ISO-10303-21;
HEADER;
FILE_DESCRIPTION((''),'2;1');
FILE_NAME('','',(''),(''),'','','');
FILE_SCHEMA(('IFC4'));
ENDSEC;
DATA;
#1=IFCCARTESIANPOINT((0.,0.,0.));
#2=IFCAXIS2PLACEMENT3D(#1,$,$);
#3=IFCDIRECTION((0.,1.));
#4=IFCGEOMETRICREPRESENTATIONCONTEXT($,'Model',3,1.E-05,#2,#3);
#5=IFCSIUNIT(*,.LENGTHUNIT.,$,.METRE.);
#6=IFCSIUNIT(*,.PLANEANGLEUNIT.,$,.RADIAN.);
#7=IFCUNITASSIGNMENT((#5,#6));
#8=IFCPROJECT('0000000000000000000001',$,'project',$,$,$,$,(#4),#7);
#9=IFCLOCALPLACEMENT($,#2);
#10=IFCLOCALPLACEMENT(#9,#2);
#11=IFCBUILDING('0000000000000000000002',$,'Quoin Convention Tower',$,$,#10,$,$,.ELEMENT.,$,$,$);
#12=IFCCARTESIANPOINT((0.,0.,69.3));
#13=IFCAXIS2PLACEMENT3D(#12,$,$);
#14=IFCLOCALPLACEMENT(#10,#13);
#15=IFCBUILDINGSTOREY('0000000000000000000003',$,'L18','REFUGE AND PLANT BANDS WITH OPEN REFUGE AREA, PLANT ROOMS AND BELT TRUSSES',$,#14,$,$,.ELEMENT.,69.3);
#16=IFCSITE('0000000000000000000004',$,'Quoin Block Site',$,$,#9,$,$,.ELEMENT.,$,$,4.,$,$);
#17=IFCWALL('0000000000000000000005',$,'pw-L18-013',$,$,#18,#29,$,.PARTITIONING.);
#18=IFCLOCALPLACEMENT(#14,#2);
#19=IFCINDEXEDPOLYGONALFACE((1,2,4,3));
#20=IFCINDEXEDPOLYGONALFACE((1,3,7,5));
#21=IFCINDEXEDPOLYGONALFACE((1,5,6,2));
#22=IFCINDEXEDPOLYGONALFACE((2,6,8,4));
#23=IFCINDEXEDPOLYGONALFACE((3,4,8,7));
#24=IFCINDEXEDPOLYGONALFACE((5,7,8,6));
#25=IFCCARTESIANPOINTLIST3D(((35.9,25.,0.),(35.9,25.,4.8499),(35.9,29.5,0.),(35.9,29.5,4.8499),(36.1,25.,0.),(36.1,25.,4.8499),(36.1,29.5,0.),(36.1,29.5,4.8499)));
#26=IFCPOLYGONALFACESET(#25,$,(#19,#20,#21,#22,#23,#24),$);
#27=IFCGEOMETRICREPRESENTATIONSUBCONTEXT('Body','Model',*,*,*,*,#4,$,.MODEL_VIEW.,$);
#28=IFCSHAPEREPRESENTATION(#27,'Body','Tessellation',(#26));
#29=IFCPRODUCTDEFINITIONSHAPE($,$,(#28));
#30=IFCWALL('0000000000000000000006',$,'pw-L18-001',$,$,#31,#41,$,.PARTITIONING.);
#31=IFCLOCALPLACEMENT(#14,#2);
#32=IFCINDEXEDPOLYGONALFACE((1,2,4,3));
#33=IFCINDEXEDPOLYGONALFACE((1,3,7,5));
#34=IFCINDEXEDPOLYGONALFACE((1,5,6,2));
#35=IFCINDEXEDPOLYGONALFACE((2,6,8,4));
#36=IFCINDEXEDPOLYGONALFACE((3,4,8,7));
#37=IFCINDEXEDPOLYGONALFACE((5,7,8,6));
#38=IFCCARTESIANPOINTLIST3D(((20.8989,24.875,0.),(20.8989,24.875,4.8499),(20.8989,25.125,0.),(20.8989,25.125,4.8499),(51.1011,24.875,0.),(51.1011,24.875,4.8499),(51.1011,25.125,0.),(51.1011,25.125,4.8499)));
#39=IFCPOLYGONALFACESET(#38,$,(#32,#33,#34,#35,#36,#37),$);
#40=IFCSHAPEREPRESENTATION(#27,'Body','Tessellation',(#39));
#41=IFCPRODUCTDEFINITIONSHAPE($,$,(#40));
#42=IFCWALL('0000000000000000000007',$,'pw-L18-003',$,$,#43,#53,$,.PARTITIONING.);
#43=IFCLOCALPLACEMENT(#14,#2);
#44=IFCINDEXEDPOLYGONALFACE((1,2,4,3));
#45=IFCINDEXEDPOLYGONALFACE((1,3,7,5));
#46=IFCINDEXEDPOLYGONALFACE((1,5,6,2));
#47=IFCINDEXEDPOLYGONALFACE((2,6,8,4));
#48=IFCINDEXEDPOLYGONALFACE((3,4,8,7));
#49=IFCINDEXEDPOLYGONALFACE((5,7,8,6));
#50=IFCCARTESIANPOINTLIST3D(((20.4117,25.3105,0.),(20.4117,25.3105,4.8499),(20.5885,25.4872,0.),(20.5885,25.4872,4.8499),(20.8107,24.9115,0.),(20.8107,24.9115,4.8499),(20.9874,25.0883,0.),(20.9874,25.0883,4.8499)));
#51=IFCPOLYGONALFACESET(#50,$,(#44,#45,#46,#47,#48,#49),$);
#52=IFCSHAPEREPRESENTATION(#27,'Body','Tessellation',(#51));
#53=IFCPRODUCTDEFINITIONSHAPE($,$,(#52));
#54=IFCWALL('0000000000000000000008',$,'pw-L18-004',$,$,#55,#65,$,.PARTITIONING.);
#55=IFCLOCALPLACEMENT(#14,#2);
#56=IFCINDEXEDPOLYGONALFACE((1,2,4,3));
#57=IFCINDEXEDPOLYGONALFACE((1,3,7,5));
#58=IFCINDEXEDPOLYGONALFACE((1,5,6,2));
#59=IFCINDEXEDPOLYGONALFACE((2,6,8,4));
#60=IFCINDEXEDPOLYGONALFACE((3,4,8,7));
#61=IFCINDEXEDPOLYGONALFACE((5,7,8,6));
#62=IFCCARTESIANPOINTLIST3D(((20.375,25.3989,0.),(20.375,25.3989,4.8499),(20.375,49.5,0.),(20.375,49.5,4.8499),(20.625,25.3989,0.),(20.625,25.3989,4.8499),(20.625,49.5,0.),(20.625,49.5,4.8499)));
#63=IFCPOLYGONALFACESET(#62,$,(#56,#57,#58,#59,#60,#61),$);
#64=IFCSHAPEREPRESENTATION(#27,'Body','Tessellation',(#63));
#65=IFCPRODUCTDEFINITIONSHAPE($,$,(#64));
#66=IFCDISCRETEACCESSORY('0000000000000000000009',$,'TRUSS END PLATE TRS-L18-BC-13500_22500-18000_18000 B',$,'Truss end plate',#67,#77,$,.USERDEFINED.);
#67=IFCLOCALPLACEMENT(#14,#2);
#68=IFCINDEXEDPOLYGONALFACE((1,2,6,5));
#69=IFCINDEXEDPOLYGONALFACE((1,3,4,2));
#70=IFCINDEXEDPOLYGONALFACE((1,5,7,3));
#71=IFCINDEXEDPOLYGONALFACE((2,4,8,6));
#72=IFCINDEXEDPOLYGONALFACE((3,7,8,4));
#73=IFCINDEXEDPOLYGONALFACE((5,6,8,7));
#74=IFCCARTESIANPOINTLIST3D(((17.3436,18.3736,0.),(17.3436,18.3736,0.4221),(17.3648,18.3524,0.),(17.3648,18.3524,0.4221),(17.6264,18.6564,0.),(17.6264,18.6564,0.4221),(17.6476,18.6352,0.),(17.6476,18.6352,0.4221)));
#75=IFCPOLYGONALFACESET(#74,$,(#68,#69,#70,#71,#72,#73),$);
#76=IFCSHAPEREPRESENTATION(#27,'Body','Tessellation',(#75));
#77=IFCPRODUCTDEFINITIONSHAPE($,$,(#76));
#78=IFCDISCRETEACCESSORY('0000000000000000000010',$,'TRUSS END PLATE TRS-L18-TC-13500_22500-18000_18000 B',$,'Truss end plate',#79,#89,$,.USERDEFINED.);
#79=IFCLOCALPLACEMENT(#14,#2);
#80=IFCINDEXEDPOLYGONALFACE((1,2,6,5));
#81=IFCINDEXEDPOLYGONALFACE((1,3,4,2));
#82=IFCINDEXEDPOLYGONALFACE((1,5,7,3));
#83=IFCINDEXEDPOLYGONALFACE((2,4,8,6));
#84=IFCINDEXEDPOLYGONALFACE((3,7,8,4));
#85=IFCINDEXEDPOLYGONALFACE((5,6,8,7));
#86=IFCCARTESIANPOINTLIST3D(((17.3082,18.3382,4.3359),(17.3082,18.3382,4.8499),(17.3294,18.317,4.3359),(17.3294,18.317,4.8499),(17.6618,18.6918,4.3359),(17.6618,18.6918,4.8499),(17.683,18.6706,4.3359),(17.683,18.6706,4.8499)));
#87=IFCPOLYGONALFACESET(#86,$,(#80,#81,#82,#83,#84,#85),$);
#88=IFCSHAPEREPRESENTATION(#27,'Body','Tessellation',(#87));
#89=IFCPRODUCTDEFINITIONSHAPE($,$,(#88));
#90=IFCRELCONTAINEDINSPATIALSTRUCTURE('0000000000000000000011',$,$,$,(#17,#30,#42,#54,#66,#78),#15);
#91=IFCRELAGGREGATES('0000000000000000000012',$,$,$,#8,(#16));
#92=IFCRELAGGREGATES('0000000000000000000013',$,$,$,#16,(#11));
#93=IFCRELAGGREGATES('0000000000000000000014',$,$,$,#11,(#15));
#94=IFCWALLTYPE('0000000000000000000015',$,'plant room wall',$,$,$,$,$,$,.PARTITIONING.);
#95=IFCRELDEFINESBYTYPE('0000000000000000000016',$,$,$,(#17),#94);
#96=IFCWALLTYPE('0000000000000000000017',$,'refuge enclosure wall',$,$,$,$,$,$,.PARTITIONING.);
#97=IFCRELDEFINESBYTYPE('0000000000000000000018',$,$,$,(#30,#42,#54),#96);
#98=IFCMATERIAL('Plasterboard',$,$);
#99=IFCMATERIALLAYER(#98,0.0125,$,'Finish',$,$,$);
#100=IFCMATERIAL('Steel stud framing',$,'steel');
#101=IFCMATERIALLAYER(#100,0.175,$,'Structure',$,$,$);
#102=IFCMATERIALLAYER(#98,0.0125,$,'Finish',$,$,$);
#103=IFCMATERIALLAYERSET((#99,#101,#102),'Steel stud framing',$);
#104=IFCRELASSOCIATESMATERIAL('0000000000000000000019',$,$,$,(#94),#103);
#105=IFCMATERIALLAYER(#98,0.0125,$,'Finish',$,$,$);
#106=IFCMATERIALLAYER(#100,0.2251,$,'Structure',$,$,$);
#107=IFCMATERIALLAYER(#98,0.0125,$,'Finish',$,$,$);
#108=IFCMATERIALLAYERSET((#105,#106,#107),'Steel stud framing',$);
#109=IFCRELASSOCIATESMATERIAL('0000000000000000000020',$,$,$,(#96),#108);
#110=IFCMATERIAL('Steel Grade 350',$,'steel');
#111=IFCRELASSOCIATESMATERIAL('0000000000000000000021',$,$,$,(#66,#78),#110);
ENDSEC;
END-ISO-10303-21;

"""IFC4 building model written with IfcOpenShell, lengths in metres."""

from ifc_helpers import new_model, si_unit, direction, frame, frame_2d, origin, origin_2d, place, context, subcontext, project, spatial, rectangle, extrude, material, layer, layer_set, type_object, element, save


model = new_model("IFC4")

# Units and contexts
model_context = context("Model", 3, precision=1e-05, world=origin(), true_north=direction((0.0, 1.0)))
body_context = subcontext(model_context, "Body", "Model", "MODEL_VIEW")
ifc_project = project(units=[si_unit("LENGTHUNIT", "METRE"), si_unit("PLANEANGLEUNIT", "RADIAN")], contexts=[model_context])

# Site, building, storey
site_placement = place(None, origin())
site = spatial("IfcSite", under=ifc_project, at=site_placement, Name="Quoin Block Site", CompositionType="ELEMENT", RefElevation=4.0)
building_placement = place(site_placement, origin())
building = spatial("IfcBuilding", under=site, at=building_placement, Name="Quoin Convention Tower", CompositionType="ELEMENT")
storey_placement = place(building_placement, frame((0.0, 0.0, 69.3)))
storey = spatial("IfcBuildingStorey", under=building, at=storey_placement, Name="L18", Description="REFUGE AND PLANT BANDS WITH OPEN REFUGE AREA, PLANT ROOMS AND BELT TRUSSES", CompositionType="ELEMENT", Elevation=69.3)

# Walls
ifc_material_1 = material(Name="Plasterboard")
ifc_layer_1 = layer(ifc_material_1, 0.0125, Name="Finish")
ifc_material_2 = material(Name="Steel stud framing", Category="steel")
ifc_layer_2 = layer(ifc_material_2, 0.175, Name="Structure")
ifc_layer_3 = layer(ifc_material_1, 0.0125, Name="Finish")
ifc_layer_set_1 = layer_set([ifc_layer_1, ifc_layer_2, ifc_layer_3], Name="Steel stud framing")
wall_type_1 = type_object("IfcWallType", Name="plant room wall", PredefinedType="PARTITIONING", material=ifc_layer_set_1)
for number, where, z_axis, x_axis, name in (
    (1, (36.0, 25.0, 0.0), (0.0, 0.0, 1.0), (0.0, 1.0, 0.0), "pw-L18-013"),
):
    element("IfcWall", number, at=place(storey_placement, frame(where, z_axis=z_axis, x_axis=x_axis)), inside=storey, type_object=wall_type_1, Name=name, PredefinedType="PARTITIONING", context=body_context, shape_type="SweptSolid", body=[
        extrude(rectangle(XDim=4.5, YDim=0.2, at=frame_2d((2.25, 0.0))), origin(), (0.0, 0.0, 1.0), 4.8499),
    ])
ifc_layer_4 = layer(ifc_material_1, 0.0125, Name="Finish")
ifc_layer_5 = layer(ifc_material_2, 0.2251, Name="Structure")
ifc_layer_6 = layer(ifc_material_1, 0.0125, Name="Finish")
ifc_layer_set_2 = layer_set([ifc_layer_4, ifc_layer_5, ifc_layer_6], Name="Steel stud framing")
wall_type_2 = type_object("IfcWallType", Name="refuge enclosure wall", PredefinedType="PARTITIONING", material=ifc_layer_set_2)
wall_1_placement = place(storey_placement, frame((20.8989, 25.0, 0.0), z_axis=(0.0, 0.0, 1.0), x_axis=(1.0, 0.0, 0.0)))
element("IfcWall", 2, at=wall_1_placement, inside=storey, type_object=wall_type_2, Name="pw-L18-001", PredefinedType="PARTITIONING", context=body_context, shape_type="SweptSolid", body=[
    extrude(rectangle(XDim=30.2021, YDim=0.25, at=frame_2d((15.1011, 0.0))), origin(), (0.0, 0.0, 1.0), 4.8499),
])
wall_2_placement = place(storey_placement, frame((20.5, 25.3989, 0.0), z_axis=(0.0, 0.0, 1.0), x_axis=(0.707107, -0.707107, 0.0)))
element("IfcWall", 3, at=wall_2_placement, inside=storey, type_object=wall_type_2, Name="pw-L18-003", PredefinedType="PARTITIONING", context=body_context, shape_type="SweptSolid", body=[
    extrude(rectangle(XDim=0.5642, YDim=0.25, at=frame_2d((0.2822, 0.0))), origin(), (0.0, 0.0, 1.0), 4.8499),
])
wall_3_placement = place(storey_placement, frame((20.5, 25.3989, 0.0), z_axis=(0.0, 0.0, 1.0), x_axis=(0.0, 1.0, 0.0)))
element("IfcWall", 4, at=wall_3_placement, inside=storey, type_object=wall_type_2, Name="pw-L18-004", PredefinedType="PARTITIONING", context=body_context, shape_type="SweptSolid", body=[
    extrude(rectangle(XDim=24.1011, YDim=0.25, at=frame_2d((12.0505, 0.0))), origin(), (0.0, 0.0, 1.0), 4.8499),
])

# Discrete accessories
ifc_material_3 = material(Name="Steel Grade 350", Category="steel")
discrete_accessory_1_placement = place(storey_placement, frame((17.4956, 18.5044, 0.0), z_axis=(0.0, 0.0, 1.0), x_axis=(0.707107, -0.707107, 0.0)))
element("IfcDiscreteAccessory", 5, at=discrete_accessory_1_placement, inside=storey, material=ifc_material_3, Name="TRUSS END PLATE TRS-L18-BC-13500_22500-18000_18000 B", ObjectType="Truss end plate", PredefinedType="USERDEFINED", context=body_context, shape_type="SweptSolid", body=[
    extrude(rectangle(XDim=0.03, YDim=0.3999, at=origin_2d()), origin(), (0.0, 0.0, 1.0), 0.4221),
])
discrete_accessory_2_placement = place(storey_placement, frame((17.4956, 18.5044, 4.3359), z_axis=(0.0, 0.0, 1.0), x_axis=(0.707107, -0.707107, 0.0)))
element("IfcDiscreteAccessory", 6, at=discrete_accessory_2_placement, inside=storey, material=ifc_material_3, Name="TRUSS END PLATE TRS-L18-TC-13500_22500-18000_18000 B", ObjectType="Truss end plate", PredefinedType="USERDEFINED", context=body_context, shape_type="SweptSolid", body=[
    extrude(rectangle(XDim=0.03, YDim=0.5, at=origin_2d()), origin(), (0.0, 0.0, 1.0), 0.5139),
])

save(model, "model.ifc")
